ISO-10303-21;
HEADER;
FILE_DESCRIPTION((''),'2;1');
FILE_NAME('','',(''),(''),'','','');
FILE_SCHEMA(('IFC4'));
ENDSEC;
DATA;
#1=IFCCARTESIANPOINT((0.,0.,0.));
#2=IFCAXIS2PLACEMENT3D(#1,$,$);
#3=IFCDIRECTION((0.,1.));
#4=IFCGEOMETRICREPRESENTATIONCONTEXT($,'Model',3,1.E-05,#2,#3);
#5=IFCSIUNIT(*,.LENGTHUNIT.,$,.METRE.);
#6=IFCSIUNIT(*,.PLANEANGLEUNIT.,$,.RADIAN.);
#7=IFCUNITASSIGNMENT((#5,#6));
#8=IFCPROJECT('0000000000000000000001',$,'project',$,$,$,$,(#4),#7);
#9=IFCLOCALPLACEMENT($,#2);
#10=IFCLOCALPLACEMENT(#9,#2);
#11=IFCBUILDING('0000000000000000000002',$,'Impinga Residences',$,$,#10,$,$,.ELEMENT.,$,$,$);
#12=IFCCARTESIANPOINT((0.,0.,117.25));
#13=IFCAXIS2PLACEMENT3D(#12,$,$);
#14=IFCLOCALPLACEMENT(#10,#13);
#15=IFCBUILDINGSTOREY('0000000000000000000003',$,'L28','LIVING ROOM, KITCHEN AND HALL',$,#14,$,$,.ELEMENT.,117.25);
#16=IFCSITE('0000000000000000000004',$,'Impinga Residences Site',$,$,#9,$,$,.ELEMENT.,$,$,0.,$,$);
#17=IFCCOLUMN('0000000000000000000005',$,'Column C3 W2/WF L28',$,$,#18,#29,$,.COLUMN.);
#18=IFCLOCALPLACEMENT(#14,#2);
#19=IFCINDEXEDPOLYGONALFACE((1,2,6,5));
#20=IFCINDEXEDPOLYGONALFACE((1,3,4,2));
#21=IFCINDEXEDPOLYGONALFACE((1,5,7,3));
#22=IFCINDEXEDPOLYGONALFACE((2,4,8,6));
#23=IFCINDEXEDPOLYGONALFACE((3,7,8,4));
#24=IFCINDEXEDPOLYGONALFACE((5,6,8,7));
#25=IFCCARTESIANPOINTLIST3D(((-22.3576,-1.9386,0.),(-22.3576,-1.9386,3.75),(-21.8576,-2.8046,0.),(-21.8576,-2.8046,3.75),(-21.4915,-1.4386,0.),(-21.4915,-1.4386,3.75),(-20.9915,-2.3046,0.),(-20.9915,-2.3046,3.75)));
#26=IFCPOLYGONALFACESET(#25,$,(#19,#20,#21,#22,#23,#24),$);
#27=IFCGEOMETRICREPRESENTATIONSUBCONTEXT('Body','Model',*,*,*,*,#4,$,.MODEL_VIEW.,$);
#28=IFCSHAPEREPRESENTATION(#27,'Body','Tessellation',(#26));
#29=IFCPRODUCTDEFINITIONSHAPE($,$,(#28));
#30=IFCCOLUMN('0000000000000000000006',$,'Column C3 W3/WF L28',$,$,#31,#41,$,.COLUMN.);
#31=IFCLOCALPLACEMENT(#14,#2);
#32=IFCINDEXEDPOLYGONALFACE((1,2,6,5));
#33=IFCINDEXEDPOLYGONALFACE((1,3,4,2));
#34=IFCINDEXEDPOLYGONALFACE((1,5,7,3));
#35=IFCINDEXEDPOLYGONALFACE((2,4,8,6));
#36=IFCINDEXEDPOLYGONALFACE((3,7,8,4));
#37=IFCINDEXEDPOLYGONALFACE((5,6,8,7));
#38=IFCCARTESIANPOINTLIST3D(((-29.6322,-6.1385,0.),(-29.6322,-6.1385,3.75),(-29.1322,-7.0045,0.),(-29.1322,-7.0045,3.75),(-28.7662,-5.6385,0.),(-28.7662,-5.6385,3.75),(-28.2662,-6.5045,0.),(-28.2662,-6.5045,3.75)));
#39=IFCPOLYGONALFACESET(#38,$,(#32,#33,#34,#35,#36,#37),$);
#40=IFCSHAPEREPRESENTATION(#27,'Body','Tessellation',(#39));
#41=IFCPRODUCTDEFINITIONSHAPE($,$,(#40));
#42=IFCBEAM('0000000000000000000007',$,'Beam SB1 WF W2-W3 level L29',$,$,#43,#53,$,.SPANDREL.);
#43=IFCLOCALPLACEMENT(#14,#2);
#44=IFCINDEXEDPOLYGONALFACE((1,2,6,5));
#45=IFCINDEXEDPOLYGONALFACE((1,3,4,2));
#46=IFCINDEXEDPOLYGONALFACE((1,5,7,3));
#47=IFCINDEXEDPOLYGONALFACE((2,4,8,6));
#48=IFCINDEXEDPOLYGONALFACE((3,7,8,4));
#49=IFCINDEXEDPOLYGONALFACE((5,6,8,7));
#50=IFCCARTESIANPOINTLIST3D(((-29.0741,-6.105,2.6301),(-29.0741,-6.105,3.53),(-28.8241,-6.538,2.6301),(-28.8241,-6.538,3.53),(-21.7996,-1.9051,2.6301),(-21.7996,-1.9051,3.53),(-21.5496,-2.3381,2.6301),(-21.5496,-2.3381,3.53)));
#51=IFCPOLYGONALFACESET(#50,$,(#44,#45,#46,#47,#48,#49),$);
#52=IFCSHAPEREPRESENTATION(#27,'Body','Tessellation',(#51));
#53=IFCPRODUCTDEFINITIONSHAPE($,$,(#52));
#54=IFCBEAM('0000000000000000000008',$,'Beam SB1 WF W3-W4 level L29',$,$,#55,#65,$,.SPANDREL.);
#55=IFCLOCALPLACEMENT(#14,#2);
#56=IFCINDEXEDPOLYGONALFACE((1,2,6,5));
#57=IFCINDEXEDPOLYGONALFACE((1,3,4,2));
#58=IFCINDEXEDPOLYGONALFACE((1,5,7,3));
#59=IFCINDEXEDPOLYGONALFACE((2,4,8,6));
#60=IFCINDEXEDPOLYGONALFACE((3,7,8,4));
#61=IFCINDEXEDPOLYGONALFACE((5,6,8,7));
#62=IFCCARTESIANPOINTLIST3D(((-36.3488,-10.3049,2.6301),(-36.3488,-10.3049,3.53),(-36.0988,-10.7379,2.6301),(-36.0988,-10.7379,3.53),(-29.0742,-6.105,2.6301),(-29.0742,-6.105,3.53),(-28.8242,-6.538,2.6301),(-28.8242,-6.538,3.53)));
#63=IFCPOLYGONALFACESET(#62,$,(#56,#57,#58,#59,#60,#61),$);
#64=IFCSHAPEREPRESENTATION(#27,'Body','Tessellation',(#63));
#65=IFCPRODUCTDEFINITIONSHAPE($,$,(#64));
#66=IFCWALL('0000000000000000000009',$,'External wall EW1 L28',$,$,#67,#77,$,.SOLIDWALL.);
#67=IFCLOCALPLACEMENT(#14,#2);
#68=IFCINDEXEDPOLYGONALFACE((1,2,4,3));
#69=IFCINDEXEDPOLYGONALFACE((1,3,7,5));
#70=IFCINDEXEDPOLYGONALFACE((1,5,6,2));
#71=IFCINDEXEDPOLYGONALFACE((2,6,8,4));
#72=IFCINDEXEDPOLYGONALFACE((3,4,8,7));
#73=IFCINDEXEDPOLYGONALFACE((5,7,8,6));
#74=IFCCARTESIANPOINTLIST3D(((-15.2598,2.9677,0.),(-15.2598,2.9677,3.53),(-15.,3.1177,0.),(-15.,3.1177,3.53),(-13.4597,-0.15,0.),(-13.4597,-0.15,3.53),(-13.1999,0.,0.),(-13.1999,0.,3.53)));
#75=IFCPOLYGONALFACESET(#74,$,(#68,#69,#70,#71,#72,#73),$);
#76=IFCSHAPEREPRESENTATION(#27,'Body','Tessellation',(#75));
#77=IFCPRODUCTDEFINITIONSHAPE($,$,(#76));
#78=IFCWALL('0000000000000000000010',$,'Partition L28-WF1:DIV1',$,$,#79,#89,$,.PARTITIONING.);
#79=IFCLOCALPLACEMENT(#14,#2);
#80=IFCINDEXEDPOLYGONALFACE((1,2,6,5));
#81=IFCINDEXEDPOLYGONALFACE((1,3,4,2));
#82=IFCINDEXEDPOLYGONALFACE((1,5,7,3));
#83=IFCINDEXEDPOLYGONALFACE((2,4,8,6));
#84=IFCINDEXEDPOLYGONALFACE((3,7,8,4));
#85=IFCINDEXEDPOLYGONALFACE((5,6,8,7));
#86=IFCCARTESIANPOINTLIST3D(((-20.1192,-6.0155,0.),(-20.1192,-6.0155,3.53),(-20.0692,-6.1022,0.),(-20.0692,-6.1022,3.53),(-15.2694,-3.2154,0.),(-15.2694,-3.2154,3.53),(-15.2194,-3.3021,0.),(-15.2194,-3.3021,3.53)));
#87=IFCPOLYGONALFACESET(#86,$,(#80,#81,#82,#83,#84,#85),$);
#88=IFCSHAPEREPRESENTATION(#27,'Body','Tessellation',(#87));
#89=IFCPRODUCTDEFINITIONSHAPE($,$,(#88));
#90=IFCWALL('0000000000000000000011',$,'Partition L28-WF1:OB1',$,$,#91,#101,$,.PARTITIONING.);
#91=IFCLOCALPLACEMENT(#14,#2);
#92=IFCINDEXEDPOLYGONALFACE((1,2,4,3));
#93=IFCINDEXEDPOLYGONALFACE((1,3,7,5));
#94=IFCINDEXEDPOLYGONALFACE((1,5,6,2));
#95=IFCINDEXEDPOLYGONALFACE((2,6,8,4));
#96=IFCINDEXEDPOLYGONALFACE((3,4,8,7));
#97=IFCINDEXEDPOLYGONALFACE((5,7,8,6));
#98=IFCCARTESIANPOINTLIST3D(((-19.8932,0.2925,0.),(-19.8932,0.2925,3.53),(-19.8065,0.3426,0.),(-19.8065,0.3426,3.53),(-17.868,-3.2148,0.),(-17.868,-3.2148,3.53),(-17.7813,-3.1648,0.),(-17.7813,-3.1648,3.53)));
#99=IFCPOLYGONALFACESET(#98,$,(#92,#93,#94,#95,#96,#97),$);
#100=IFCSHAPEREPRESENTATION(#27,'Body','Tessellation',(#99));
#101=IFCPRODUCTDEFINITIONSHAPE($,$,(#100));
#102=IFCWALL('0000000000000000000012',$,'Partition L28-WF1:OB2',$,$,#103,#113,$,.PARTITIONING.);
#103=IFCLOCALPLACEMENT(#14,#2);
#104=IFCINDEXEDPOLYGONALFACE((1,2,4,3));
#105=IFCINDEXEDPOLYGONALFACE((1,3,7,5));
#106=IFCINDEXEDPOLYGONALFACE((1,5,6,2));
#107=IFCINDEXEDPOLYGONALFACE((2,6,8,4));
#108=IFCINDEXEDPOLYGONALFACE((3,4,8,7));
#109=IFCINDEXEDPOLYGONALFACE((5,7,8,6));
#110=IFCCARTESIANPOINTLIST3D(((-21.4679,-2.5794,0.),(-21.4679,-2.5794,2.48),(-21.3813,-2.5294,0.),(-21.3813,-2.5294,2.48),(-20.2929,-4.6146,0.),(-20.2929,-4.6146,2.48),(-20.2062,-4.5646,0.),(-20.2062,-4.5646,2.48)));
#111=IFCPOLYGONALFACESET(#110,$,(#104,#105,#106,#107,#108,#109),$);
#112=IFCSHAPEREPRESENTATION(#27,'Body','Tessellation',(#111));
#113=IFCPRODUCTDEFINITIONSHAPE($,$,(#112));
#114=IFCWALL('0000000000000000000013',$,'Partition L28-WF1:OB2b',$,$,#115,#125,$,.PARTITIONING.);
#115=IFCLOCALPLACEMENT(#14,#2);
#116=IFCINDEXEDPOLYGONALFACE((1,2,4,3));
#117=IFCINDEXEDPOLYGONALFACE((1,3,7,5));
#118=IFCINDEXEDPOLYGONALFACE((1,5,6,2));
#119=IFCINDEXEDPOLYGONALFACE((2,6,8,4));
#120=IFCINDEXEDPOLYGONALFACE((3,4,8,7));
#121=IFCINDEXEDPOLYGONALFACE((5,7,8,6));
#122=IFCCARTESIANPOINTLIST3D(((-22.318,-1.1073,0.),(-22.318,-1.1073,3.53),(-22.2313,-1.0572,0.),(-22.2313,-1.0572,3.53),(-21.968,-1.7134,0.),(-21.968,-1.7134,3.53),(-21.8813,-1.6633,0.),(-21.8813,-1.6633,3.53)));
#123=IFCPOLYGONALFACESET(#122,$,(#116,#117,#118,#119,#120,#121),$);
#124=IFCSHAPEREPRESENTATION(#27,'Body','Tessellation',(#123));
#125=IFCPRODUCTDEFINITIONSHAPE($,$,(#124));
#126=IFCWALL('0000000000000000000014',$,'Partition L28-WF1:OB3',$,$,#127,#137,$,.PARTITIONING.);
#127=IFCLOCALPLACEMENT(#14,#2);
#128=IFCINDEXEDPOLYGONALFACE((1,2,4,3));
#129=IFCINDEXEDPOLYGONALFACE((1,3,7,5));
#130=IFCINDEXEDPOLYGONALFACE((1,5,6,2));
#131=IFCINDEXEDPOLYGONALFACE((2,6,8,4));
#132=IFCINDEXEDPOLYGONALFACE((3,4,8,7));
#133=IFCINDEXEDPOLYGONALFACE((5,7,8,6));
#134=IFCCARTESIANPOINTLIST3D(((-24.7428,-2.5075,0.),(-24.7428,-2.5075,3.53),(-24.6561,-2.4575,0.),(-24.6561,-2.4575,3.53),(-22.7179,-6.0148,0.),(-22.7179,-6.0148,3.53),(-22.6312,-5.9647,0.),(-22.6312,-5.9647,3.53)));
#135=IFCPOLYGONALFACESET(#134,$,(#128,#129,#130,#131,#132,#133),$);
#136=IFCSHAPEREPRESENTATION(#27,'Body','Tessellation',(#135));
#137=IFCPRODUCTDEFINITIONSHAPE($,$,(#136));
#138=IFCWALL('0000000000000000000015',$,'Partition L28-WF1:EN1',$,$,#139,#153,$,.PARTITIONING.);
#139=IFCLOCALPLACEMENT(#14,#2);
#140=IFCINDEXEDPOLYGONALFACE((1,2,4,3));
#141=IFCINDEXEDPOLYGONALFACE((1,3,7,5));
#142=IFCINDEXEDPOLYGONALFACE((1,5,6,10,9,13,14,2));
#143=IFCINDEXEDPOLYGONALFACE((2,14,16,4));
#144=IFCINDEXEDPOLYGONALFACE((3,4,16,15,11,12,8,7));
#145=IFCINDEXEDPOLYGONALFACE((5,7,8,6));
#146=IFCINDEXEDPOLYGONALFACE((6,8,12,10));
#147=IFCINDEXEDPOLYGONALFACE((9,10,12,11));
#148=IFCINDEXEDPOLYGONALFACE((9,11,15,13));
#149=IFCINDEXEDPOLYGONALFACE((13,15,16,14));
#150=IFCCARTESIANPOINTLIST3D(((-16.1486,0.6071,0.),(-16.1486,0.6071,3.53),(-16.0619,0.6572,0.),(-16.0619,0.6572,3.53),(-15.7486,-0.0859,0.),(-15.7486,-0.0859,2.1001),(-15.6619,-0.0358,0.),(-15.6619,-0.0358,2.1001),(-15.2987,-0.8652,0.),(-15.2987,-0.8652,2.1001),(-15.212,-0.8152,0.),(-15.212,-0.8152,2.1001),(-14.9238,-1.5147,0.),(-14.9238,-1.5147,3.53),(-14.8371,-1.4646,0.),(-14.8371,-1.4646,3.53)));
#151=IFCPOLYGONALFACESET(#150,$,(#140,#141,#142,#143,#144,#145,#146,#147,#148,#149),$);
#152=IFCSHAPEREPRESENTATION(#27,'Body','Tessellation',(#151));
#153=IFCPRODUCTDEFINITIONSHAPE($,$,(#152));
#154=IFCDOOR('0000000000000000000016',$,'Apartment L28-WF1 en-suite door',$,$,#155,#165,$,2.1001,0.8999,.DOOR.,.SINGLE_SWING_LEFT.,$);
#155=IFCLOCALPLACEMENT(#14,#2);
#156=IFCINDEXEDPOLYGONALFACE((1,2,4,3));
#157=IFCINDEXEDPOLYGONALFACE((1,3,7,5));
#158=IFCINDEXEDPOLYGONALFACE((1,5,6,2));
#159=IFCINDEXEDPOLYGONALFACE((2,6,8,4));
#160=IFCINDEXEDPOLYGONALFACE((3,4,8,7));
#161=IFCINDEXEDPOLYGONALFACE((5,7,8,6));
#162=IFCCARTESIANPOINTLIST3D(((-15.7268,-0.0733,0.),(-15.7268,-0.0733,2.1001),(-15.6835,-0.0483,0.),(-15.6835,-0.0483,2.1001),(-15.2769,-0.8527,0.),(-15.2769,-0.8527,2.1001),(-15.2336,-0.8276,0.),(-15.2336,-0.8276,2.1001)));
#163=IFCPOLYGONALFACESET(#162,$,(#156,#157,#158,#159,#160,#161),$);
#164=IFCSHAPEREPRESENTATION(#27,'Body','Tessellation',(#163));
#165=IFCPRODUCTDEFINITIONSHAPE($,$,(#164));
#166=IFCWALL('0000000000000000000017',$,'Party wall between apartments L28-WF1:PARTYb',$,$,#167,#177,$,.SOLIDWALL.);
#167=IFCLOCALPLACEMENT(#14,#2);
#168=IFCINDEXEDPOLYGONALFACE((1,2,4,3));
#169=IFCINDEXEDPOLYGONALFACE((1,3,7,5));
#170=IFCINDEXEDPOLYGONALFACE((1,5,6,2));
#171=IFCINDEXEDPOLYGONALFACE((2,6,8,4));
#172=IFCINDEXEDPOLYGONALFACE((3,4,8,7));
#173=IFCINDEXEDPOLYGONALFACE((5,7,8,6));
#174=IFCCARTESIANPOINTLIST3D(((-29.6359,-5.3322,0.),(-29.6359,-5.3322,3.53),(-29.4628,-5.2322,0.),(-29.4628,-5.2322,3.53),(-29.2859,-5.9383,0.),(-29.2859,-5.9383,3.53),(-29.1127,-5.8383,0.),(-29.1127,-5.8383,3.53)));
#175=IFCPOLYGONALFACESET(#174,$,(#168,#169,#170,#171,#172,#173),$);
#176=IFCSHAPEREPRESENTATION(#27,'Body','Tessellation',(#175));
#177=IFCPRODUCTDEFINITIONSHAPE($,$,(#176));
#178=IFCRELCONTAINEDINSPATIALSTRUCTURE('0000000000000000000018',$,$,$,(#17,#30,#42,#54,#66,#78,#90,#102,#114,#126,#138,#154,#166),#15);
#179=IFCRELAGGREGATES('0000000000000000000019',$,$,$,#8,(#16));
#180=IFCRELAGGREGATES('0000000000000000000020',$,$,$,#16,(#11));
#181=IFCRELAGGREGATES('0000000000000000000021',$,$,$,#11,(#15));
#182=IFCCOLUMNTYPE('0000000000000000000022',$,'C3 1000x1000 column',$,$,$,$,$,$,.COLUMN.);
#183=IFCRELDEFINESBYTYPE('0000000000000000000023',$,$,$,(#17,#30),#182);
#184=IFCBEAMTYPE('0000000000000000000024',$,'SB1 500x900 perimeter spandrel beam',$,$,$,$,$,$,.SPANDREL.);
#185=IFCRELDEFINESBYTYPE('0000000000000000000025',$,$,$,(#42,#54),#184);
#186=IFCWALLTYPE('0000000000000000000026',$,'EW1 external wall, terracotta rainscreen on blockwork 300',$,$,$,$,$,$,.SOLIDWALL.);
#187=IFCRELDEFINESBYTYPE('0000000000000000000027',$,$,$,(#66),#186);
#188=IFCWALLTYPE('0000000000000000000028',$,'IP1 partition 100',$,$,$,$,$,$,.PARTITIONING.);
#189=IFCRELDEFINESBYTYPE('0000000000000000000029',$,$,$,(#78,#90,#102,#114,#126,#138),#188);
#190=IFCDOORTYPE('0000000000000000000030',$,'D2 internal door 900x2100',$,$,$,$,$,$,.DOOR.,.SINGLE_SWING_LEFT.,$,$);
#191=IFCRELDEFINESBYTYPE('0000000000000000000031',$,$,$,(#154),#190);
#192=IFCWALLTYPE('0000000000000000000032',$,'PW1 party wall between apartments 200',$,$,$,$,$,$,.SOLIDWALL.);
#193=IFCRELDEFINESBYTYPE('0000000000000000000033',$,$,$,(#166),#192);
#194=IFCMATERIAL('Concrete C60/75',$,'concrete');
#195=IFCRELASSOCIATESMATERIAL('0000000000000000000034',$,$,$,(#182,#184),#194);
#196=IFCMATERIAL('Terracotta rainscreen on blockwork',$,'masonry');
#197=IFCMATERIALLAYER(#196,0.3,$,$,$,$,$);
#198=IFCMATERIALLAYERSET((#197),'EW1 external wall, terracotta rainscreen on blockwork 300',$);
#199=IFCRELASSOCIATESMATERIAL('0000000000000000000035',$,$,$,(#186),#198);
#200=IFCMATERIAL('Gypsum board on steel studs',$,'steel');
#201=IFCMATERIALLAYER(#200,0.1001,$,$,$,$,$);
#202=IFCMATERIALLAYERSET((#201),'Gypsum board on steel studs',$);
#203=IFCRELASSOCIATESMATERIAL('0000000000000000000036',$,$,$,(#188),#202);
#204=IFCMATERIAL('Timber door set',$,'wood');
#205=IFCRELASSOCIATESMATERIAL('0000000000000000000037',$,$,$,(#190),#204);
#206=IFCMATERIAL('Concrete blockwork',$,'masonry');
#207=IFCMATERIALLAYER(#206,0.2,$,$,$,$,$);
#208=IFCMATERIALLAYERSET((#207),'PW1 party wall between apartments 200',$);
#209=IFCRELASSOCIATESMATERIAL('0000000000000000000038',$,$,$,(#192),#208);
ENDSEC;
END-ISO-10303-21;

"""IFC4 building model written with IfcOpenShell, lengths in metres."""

from ifc_helpers import new_model, si_unit, direction, frame, frame_2d, origin, origin_2d, place, context, subcontext, project, spatial, rectangle, extrude, material, layer, layer_set, material_profile, profile_set, type_object, element, fill, save


model = new_model("IFC4")

# Units and contexts
model_context = context("Model", 3, precision=1e-05, world=origin(), true_north=direction((0.0, 1.0)))
body_context = subcontext(model_context, "Body", "Model", "MODEL_VIEW")
ifc_project = project(units=[si_unit("LENGTHUNIT", "METRE"), si_unit("PLANEANGLEUNIT", "RADIAN")], contexts=[model_context])

# Site, building, storey
site_placement = place(None, origin())
site = spatial("IfcSite", under=ifc_project, at=site_placement, Name="Impinga Residences Site", CompositionType="ELEMENT", RefElevation=0.0)
building_placement = place(site_placement, origin())
building = spatial("IfcBuilding", under=site, at=building_placement, Name="Impinga Residences", CompositionType="ELEMENT")
storey_placement = place(building_placement, frame((0.0, 0.0, 117.25)))
storey = spatial("IfcBuildingStorey", under=building, at=storey_placement, Name="L28", Description="LIVING ROOM, KITCHEN AND HALL", CompositionType="ELEMENT", Elevation=117.25)

# Columns
ifc_material_1 = material(Name="Concrete C60/75", Category="concrete")
ifc_material_profile_1 = material_profile(ifc_material_1, rectangle(XDim=1.0, YDim=1.0, at=origin_2d()), Name="RC 1000x1000")
ifc_profile_set_1 = profile_set([ifc_material_profile_1], Name="Concrete C60/75")
column_type = type_object("IfcColumnType", Name="C3 1000x1000 column", PredefinedType="COLUMN", material=ifc_profile_set_1)
for number, where, z_axis, x_axis, name in (
    (1, (-21.6746, -2.1216, 0.0), (0.0, 0.0, 1.0), (-0.5, 0.866025, 0.0), "Column C3 W2/WF L28"),
    (2, (-28.9492, -6.3215, 0.0), (0.0, 0.0, 1.0), (-0.5, 0.866025, 0.0), "Column C3 W3/WF L28"),
):
    element("IfcColumn", number, at=place(storey_placement, frame(where, z_axis=z_axis, x_axis=x_axis)), inside=storey, type_object=column_type, Name=name, PredefinedType="COLUMN", context=body_context, shape_type="SweptSolid", body=[
        extrude(rectangle(XDim=1.0, YDim=1.0, at=origin_2d()), origin(), (0.0, 0.0, 1.0), 3.75),
    ])

# Beams
ifc_material_profile_2 = material_profile(ifc_material_1, rectangle(XDim=0.5, YDim=0.8999, at=origin_2d()), Name="RC 500x900")
ifc_profile_set_2 = profile_set([ifc_material_profile_2], Name="Concrete C60/75")
beam_type = type_object("IfcBeamType", Name="SB1 500x900 perimeter spandrel beam", PredefinedType="SPANDREL", material=ifc_profile_set_2)
for number, where, z_axis, x_axis, name in (
    (3, (-21.6746, -2.1216, 3.0801), (-0.866029, -0.499993, 0.0), (0.499993, -0.866029, 0.0), "Beam SB1 WF W2-W3 level L29"),
    (4, (-28.9492, -6.3215, 3.0801), (-0.866029, -0.499993, 0.0), (0.499993, -0.866029, 0.0), "Beam SB1 WF W3-W4 level L29"),
):
    element("IfcBeam", number, at=place(storey_placement, frame(where, z_axis=z_axis, x_axis=x_axis)), inside=storey, type_object=beam_type, Name=name, PredefinedType="SPANDREL", context=body_context, shape_type="SweptSolid", body=[
        extrude(rectangle(XDim=0.5, YDim=0.8999, at=origin_2d()), origin(), (0.0, 0.0, 1.0), 8.3999),
    ])

# Walls
ifc_material_2 = material(Name="Terracotta rainscreen on blockwork", Category="masonry")
ifc_layer_1 = layer(ifc_material_2, 0.3)
ifc_layer_set_1 = layer_set([ifc_layer_1], Name="EW1 external wall, terracotta rainscreen on blockwork 300")
wall_type_1 = type_object("IfcWallType", Name="EW1 external wall, terracotta rainscreen on blockwork 300", PredefinedType="SOLIDWALL", material=ifc_layer_set_1)
wall_1_placement = place(storey_placement, frame((-15.1299, 3.0427, 0.0), z_axis=(0.0, 0.0, 1.0), x_axis=(0.500012, -0.866018, 0.0)))
element("IfcWall", 5, at=wall_1_placement, inside=storey, type_object=wall_type_1, Name="External wall EW1 L28", PredefinedType="SOLIDWALL", context=body_context, shape_type="SweptSolid", body=[
    extrude(rectangle(XDim=3.6001, YDim=0.3, at=frame_2d((1.8, 0.0))), origin(), (0.0, 0.0, 1.0), 3.53),
])
ifc_material_3 = material(Name="Gypsum board on steel studs", Category="steel")
ifc_layer_2 = layer(ifc_material_3, 0.1001)
ifc_layer_set_2 = layer_set([ifc_layer_2], Name="Gypsum board on steel studs")
wall_type_2 = type_object("IfcWallType", Name="IP1 partition 100", PredefinedType="PARTITIONING", material=ifc_layer_set_2)
wall_2_placement = place(storey_placement, frame((-15.2444, -3.2588, 0.0), z_axis=(0.0, 0.0, 1.0), x_axis=(-0.866027, -0.499998, 0.0)))
element("IfcWall", 6, at=wall_2_placement, inside=storey, type_object=wall_type_2, Name="Partition L28-WF1:DIV1", PredefinedType="PARTITIONING", context=body_context, shape_type="SweptSolid", body=[
    extrude(rectangle(XDim=5.6001, YDim=0.1001, at=frame_2d((2.8, 0.0))), origin(), (0.0, 0.0, 1.0), 3.53),
])
wall_3_placement = place(storey_placement, frame((-17.8247, -3.1897, 0.0), z_axis=(0.0, 0.0, 1.0), x_axis=(-0.500036, 0.866005, 0.0)))
element("IfcWall", 7, at=wall_3_placement, inside=storey, type_object=wall_type_2, Name="Partition L28-WF1:OB1", PredefinedType="PARTITIONING", context=body_context, shape_type="SweptSolid", body=[
    extrude(rectangle(XDim=4.05, YDim=0.1001, at=frame_2d((2.0249, 0.0))), origin(), (0.0, 0.0, 1.0), 3.53),
])
wall_4_placement = place(storey_placement, frame((-20.2495, -4.5896, 0.0), z_axis=(0.0, 0.0, 1.0), x_axis=(-0.500016, 0.866016, 0.0)))
element("IfcWall", 8, at=wall_4_placement, inside=storey, type_object=wall_type_2, Name="Partition L28-WF1:OB2", PredefinedType="PARTITIONING", context=body_context, shape_type="SweptSolid", body=[
    extrude(rectangle(XDim=2.3501, YDim=0.1001, at=frame_2d((1.175, 0.0))), origin(), (0.0, 0.0, 1.0), 2.48),
])
wall_5_placement = place(storey_placement, frame((-21.9246, -1.6885, 0.0), z_axis=(0.0, 0.0, 1.0), x_axis=(-0.500115, 0.865959, 0.0)))
element("IfcWall", 9, at=wall_5_placement, inside=storey, type_object=wall_type_2, Name="Partition L28-WF1:OB2b", PredefinedType="PARTITIONING", context=body_context, shape_type="SweptSolid", body=[
    extrude(rectangle(XDim=0.7, YDim=0.1001, at=frame_2d((0.3501, 0.0))), origin(), (0.0, 0.0, 1.0), 3.53),
])
wall_6_placement = place(storey_placement, frame((-22.6746, -5.9897, 0.0), z_axis=(0.0, 0.0, 1.0), x_axis=(-0.49999, 0.866031, 0.0)))
element("IfcWall", 10, at=wall_6_placement, inside=storey, type_object=wall_type_2, Name="Partition L28-WF1:OB3", PredefinedType="PARTITIONING", context=body_context, shape_type="SweptSolid", body=[
    extrude(rectangle(XDim=4.0498, YDim=0.1001, at=frame_2d((2.0249, 0.0))), origin(), (0.0, 0.0, 1.0), 3.53),
])

# Wall, opening, door
wall_7_placement = place(storey_placement, frame((-14.8804, -1.4897, 0.0), z_axis=(0.0, 0.0, 1.0), x_axis=(-0.499944, 0.866058, 0.0)))
wall_7 = element("IfcWall", 11, at=wall_7_placement, inside=storey, type_object=wall_type_2, Name="Partition L28-WF1:EN1", PredefinedType="PARTITIONING", context=body_context, shape_type="SweptSolid", body=[
    extrude(rectangle(XDim=2.45, YDim=0.1001, at=frame_2d((1.2251, 0.0))), origin(), (0.0, 0.0, 1.0), 3.53),
])
opening_placement = place(wall_7_placement, frame((0.75, 0.0, 0.0)))
opening = element("IfcOpeningElement", 12, at=opening_placement, cuts=wall_7, PredefinedType="OPENING", context=body_context, shape_type="SweptSolid", body=[
    extrude(rectangle(XDim=0.8999, YDim=2.1001, at=frame_2d((0.45, 1.05))), frame((0.0, 0.0601, 0.0), z_axis=(0.0, -1.0, 0.0), x_axis=(1.0, 0.0, 0.0)), (0.0, 0.0, 1.0), 0.1201),
])
ifc_material_4 = material(Name="Timber door set", Category="wood")
door_type = type_object("IfcDoorType", Name="D2 internal door 900x2100", OperationType="SINGLE_SWING_LEFT", PredefinedType="DOOR", material=ifc_material_4)
door_placement = place(opening_placement, origin())
door = element("IfcDoor", 13, at=door_placement, inside=storey, type_object=door_type, Name="Apartment L28-WF1 en-suite door", OperationType="SINGLE_SWING_LEFT", OverallHeight=2.1001, OverallWidth=0.8999, PredefinedType="DOOR", context=body_context, shape_type="SweptSolid", body=[
    extrude(rectangle(XDim=0.8999, YDim=2.1001, at=frame_2d((0.45, 1.05))), frame((0.0, 0.0249, 0.0), z_axis=(0.0, -1.0, 0.0), x_axis=(1.0, 0.0, 0.0)), (0.0, 0.0, 1.0), 0.05),
])
fill(opening, door)

# Wall
ifc_material_5 = material(Name="Concrete blockwork", Category="masonry")
ifc_layer_3 = layer(ifc_material_5, 0.2)
ifc_layer_set_3 = layer_set([ifc_layer_3], Name="PW1 party wall between apartments 200")
wall_type_3 = type_object("IfcWallType", Name="PW1 party wall between apartments 200", PredefinedType="SOLIDWALL", material=ifc_layer_set_3)
wall_8_placement = place(storey_placement, frame((-29.1992, -5.8884, 0.0), z_axis=(0.0, 0.0, 1.0), x_axis=(-0.500115, 0.865959, 0.0)))
element("IfcWall", 14, at=wall_8_placement, inside=storey, type_object=wall_type_3, Name="Party wall between apartments L28-WF1:PARTYb", PredefinedType="SOLIDWALL", context=body_context, shape_type="SweptSolid", body=[
    extrude(rectangle(XDim=0.7, YDim=0.2, at=frame_2d((0.3501, 0.0))), origin(), (0.0, 0.0, 1.0), 3.53),
])

save(model, "model.ifc")
